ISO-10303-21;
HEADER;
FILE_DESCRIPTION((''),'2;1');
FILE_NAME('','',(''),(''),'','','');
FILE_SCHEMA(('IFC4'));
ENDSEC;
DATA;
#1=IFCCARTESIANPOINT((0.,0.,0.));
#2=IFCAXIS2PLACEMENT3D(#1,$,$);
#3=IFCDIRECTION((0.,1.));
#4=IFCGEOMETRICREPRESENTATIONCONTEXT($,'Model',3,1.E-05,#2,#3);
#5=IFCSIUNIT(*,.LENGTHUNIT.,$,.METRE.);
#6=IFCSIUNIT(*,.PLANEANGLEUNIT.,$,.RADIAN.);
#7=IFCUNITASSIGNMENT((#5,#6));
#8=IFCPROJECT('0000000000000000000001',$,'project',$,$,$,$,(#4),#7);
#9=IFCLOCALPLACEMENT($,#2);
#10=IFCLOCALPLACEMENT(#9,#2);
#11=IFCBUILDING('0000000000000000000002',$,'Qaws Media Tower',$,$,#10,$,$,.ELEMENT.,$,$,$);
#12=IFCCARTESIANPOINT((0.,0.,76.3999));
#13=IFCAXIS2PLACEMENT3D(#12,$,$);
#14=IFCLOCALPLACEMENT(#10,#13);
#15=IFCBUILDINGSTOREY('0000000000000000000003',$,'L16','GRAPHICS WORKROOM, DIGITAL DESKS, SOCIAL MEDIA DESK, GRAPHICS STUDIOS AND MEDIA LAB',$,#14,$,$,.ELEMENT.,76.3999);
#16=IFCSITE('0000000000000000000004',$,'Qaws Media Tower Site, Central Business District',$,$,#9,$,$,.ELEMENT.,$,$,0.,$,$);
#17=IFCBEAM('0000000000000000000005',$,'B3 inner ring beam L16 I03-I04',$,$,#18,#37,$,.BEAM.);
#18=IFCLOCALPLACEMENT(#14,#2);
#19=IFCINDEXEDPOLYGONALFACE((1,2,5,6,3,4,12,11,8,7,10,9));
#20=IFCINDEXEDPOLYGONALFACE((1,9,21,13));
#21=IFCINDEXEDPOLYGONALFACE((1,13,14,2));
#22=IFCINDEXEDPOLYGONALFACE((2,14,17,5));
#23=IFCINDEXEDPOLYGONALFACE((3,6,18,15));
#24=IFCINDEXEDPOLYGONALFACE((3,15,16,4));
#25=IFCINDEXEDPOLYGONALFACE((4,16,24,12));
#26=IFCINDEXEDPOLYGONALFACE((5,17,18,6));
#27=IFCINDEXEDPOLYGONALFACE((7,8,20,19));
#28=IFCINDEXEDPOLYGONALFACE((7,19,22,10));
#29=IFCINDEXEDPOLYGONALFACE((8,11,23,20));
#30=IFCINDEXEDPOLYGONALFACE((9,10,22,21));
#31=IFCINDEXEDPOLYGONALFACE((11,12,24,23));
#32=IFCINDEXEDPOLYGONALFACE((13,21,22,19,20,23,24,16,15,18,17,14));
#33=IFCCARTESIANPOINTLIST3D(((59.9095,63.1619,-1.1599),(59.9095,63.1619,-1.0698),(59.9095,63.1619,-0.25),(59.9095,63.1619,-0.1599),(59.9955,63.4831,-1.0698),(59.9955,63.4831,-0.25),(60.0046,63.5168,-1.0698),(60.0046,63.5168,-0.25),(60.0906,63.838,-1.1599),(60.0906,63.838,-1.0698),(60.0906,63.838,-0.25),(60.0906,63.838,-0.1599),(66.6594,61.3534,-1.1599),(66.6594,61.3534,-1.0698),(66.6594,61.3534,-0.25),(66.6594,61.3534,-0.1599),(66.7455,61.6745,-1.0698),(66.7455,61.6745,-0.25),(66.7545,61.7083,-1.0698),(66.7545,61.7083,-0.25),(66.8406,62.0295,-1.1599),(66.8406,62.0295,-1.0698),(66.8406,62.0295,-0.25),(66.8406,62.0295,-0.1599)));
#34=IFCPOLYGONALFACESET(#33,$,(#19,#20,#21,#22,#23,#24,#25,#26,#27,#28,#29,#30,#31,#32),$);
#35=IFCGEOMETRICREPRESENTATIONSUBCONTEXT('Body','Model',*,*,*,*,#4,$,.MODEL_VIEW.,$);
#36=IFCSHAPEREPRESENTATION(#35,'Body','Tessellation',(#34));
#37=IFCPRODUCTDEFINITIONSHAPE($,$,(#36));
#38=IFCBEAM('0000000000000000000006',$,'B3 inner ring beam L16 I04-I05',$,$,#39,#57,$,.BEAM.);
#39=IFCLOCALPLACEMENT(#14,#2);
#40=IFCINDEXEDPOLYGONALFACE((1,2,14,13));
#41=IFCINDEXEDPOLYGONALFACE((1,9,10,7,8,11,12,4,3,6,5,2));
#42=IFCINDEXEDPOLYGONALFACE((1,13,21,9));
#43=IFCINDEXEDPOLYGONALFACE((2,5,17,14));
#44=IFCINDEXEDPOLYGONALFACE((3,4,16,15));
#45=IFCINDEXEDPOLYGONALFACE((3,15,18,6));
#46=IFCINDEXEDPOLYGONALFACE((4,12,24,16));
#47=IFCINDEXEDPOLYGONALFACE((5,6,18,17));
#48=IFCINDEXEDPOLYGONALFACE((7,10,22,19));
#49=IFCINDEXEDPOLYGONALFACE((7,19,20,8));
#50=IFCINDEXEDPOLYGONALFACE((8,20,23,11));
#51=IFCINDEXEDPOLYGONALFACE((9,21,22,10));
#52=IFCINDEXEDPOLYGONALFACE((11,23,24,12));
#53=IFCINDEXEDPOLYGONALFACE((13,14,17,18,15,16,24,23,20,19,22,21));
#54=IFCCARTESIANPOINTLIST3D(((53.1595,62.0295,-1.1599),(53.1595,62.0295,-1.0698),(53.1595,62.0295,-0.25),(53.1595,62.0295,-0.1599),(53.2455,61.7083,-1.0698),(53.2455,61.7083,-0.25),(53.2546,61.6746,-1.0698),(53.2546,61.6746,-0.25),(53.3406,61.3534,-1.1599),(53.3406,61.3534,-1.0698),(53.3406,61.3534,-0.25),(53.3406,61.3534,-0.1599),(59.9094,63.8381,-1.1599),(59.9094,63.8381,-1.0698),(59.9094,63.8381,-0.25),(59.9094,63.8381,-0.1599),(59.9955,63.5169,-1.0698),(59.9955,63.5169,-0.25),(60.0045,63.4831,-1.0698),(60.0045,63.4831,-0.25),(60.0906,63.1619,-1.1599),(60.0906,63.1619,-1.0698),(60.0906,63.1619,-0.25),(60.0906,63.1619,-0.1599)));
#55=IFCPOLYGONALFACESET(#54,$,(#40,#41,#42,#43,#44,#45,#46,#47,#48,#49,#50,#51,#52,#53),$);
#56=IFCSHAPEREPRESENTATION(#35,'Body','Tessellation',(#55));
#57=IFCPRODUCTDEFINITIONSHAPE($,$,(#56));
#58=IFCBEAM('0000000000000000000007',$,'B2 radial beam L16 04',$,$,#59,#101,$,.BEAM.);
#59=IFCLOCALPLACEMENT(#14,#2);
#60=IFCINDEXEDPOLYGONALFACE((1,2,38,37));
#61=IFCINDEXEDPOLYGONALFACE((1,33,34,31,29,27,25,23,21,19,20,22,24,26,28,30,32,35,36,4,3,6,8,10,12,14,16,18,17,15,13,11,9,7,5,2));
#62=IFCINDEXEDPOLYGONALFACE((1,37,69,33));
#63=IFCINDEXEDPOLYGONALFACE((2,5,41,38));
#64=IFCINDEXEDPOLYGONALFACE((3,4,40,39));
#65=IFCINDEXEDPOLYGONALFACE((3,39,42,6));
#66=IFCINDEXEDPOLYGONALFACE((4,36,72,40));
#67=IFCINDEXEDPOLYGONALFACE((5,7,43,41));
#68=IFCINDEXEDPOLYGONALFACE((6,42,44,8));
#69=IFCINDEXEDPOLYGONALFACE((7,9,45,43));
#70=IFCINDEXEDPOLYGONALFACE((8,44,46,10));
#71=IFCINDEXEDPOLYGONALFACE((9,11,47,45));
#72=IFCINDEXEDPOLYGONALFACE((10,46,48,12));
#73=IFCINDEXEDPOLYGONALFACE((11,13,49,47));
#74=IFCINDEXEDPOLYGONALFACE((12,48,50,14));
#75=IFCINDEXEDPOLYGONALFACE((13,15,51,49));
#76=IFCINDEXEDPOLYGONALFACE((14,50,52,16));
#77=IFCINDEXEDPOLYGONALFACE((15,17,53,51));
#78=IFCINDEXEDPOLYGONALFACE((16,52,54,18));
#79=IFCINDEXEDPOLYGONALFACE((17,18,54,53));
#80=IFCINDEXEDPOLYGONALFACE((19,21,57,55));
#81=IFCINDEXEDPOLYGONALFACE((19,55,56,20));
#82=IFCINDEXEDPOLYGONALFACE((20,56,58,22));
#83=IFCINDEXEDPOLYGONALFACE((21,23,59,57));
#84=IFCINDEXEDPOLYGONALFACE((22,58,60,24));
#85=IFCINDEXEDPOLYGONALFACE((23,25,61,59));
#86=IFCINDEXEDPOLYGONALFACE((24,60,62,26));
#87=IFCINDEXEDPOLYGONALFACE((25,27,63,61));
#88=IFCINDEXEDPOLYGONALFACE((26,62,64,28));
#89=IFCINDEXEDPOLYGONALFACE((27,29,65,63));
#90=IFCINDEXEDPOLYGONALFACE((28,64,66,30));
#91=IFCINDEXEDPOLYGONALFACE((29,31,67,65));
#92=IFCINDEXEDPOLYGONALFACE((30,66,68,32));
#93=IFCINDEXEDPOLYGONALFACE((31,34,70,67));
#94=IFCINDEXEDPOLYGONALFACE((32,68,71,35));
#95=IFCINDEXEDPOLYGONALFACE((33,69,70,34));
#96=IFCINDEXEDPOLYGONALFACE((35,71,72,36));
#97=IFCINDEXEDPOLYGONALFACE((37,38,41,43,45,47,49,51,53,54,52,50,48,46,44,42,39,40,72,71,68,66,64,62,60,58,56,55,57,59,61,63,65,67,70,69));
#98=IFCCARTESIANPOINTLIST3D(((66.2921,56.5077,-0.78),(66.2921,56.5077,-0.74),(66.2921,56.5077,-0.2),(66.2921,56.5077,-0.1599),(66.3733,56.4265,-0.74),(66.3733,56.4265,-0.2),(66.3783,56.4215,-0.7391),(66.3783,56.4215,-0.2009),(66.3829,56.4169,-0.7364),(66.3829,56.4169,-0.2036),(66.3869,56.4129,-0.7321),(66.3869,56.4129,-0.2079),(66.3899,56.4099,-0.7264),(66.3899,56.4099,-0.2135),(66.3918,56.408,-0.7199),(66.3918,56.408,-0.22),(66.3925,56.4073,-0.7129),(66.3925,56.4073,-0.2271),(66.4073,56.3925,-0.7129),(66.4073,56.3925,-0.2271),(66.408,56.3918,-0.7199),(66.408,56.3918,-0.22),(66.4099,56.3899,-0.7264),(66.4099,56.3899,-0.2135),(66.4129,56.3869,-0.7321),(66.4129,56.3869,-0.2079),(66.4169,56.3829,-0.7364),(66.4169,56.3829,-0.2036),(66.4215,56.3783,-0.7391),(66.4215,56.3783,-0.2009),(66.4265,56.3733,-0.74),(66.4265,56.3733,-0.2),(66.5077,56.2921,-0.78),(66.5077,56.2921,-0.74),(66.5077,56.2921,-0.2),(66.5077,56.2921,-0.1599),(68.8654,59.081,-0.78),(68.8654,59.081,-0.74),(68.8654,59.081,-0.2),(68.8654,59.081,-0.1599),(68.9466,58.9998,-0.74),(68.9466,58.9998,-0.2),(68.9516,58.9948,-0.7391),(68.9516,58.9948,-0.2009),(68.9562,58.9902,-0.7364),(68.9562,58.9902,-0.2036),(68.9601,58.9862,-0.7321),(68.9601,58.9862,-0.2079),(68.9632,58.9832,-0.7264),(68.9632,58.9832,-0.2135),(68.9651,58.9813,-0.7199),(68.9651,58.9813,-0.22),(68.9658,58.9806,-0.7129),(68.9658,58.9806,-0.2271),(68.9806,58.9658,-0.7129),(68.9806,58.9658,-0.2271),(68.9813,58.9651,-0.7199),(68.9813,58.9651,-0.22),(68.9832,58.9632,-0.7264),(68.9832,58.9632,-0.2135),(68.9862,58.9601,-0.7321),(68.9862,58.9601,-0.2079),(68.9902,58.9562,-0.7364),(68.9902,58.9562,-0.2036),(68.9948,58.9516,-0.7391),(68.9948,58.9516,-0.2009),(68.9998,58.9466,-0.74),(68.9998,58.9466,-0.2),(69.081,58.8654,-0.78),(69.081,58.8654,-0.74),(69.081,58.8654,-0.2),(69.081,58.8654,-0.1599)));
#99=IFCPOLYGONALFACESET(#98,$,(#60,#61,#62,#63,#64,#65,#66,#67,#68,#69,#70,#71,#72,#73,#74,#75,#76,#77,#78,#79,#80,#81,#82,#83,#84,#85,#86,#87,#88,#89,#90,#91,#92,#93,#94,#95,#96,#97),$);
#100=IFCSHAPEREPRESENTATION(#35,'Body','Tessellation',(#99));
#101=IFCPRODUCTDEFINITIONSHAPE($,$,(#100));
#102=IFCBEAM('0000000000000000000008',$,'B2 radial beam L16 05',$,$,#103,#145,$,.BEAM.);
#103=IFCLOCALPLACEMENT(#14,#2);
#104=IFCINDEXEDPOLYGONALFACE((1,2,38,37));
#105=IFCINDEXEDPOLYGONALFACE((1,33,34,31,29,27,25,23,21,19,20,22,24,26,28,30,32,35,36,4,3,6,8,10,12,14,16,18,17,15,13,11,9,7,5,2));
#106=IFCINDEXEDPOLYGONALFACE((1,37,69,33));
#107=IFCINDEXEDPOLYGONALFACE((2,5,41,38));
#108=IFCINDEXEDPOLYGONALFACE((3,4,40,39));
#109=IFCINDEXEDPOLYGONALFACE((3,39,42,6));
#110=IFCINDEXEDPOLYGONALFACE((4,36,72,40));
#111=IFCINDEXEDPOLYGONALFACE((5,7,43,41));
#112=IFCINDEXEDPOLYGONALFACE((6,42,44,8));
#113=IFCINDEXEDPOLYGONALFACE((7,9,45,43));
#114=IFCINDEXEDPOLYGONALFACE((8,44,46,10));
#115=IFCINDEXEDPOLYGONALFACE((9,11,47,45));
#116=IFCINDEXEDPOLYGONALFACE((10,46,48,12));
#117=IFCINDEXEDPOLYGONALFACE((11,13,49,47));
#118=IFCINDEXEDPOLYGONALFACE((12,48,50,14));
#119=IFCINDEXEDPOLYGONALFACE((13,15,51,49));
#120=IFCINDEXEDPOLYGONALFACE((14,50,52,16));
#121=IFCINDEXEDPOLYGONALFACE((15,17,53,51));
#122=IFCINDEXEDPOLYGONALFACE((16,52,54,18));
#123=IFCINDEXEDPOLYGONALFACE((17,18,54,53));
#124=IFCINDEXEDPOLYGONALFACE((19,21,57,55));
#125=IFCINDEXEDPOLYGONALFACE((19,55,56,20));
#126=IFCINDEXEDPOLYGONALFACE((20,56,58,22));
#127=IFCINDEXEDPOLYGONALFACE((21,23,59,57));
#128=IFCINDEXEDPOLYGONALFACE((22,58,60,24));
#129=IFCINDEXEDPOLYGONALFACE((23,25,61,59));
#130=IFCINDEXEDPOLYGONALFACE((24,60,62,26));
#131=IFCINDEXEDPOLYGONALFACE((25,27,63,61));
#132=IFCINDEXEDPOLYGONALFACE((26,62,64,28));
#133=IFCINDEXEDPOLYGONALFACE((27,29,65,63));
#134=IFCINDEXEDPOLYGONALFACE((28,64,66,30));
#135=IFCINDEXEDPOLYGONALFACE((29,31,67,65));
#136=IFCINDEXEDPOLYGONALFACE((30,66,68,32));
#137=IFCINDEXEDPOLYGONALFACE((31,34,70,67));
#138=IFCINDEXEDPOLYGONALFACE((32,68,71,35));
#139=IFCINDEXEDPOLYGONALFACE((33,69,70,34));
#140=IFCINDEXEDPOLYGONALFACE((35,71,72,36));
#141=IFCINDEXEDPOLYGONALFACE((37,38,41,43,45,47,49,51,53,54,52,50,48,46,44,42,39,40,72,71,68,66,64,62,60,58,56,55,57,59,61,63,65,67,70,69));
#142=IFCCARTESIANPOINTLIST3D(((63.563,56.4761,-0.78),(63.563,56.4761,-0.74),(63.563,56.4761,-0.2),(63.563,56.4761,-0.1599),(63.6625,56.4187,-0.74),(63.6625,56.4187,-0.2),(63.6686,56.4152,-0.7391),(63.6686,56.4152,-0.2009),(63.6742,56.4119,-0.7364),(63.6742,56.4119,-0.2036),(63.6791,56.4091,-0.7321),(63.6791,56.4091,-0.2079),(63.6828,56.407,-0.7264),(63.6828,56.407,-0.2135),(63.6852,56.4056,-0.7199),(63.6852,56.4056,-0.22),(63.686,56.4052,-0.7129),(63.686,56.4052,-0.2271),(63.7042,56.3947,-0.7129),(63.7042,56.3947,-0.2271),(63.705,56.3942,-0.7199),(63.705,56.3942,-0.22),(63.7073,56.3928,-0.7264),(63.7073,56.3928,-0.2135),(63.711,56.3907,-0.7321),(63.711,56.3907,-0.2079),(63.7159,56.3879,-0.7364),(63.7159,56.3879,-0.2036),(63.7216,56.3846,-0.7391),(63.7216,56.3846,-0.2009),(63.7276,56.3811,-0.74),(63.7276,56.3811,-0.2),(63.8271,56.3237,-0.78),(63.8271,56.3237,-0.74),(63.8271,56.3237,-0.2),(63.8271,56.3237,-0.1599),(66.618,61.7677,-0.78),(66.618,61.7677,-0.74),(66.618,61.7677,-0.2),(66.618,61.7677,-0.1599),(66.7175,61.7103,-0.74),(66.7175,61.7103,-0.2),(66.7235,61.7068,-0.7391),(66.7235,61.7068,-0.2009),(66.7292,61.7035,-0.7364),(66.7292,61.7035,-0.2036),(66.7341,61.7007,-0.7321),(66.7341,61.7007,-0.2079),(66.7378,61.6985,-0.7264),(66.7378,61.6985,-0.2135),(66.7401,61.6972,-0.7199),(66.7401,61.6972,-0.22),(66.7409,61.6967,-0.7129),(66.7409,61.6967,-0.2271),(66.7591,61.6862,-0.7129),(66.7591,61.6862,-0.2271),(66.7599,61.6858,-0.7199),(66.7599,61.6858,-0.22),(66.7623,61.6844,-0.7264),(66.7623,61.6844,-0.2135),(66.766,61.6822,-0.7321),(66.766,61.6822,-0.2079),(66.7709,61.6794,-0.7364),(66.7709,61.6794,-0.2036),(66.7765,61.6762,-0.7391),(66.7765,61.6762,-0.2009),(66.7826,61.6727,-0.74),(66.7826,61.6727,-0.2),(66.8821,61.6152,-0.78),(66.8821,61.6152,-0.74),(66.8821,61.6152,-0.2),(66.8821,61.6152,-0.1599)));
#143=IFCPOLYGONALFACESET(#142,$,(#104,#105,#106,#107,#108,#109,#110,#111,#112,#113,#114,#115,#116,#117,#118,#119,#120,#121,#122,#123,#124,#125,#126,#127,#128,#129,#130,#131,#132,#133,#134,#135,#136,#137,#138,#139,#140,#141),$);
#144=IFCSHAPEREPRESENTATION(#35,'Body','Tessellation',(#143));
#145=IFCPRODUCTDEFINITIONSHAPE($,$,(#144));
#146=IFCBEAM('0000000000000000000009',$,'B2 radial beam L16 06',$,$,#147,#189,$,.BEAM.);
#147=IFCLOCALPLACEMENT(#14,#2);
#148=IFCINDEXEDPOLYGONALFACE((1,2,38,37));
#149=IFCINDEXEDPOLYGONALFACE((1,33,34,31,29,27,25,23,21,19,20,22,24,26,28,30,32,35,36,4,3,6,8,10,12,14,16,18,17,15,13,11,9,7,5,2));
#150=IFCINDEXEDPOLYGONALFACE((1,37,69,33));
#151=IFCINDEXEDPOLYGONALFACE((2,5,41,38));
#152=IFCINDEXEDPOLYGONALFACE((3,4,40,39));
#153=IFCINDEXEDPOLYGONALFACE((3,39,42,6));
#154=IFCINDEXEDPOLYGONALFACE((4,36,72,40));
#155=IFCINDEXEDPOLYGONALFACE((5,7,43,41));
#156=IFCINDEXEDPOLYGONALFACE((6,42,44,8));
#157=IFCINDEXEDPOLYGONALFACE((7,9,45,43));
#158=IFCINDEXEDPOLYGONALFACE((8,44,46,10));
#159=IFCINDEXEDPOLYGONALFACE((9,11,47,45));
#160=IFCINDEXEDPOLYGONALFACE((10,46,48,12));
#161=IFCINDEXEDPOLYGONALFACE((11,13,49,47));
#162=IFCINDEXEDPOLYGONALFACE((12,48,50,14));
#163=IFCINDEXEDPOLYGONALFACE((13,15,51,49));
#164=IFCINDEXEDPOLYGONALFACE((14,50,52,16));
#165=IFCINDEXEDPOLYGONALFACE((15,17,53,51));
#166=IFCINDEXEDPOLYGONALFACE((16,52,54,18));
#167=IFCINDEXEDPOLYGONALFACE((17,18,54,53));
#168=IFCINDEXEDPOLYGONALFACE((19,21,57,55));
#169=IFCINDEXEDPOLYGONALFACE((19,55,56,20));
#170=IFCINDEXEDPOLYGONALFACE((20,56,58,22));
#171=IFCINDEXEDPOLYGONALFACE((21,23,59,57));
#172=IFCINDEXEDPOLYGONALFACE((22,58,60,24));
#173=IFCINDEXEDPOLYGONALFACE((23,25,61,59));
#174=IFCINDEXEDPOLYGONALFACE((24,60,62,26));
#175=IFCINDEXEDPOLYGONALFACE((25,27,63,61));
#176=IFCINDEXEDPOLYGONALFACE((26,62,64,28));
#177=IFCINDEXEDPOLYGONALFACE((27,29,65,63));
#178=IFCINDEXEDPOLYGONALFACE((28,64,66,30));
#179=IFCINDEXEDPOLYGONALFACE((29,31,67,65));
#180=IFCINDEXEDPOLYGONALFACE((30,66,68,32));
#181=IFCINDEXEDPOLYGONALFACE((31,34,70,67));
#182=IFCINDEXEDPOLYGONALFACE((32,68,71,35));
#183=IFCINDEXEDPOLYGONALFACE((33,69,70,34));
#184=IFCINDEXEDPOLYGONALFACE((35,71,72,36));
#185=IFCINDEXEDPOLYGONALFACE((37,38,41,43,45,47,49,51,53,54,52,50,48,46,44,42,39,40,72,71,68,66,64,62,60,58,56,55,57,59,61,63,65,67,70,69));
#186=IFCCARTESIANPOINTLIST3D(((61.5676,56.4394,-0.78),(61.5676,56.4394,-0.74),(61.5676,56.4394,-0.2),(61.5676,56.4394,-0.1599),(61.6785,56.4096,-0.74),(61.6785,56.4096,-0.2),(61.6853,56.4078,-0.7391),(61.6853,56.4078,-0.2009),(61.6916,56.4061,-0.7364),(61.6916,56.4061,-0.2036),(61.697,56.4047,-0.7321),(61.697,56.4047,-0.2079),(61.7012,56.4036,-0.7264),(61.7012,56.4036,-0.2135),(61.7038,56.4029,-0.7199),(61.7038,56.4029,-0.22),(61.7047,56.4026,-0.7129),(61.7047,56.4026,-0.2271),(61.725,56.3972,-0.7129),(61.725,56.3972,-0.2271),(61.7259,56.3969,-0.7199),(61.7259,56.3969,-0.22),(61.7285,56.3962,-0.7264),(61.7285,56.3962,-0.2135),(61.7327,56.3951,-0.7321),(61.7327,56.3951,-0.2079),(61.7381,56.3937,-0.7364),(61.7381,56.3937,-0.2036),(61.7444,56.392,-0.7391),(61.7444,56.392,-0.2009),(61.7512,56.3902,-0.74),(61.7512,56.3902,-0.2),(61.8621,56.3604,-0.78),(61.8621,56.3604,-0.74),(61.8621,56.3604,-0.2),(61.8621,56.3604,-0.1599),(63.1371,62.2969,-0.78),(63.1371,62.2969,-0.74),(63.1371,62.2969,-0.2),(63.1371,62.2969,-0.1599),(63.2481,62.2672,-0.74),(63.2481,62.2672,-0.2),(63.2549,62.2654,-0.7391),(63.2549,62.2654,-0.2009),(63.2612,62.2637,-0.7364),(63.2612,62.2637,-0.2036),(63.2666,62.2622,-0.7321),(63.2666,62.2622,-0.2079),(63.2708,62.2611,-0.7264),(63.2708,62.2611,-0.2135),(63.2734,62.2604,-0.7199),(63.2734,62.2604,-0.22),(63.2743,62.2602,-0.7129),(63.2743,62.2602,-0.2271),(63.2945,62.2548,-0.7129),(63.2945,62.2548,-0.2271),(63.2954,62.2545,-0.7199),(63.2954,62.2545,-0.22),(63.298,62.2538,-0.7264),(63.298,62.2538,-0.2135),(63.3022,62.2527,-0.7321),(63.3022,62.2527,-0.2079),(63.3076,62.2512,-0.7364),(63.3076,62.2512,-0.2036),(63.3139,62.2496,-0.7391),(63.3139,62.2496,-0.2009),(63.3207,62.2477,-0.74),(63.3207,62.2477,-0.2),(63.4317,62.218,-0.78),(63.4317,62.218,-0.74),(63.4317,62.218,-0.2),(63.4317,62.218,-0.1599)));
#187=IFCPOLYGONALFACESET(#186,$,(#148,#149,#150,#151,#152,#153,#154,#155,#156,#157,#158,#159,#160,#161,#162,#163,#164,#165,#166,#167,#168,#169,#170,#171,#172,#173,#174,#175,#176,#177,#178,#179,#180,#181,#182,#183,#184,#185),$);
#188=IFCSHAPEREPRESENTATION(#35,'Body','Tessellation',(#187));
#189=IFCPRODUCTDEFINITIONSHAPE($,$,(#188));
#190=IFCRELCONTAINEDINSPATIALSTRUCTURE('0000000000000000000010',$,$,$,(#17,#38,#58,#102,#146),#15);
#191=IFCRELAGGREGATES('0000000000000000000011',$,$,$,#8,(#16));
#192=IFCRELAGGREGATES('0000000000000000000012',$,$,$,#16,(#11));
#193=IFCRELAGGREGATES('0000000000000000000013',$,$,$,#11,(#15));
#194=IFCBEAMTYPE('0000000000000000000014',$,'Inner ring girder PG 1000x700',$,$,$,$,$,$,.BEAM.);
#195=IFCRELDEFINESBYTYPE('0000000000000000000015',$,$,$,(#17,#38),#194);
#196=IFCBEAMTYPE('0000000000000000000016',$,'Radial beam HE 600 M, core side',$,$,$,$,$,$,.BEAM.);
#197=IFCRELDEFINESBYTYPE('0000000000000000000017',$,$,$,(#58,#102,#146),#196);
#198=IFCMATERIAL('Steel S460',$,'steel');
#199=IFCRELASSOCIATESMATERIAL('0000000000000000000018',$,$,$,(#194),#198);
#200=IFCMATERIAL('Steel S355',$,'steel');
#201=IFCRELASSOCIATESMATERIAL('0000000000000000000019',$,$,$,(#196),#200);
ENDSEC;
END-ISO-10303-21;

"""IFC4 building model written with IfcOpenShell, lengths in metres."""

from ifc_helpers import new_model, si_unit, direction, frame, origin, origin_2d, place, context, subcontext, project, spatial, i_section, extrude, material, material_profile, profile_set, type_object, element, save


model = new_model("IFC4")

# Units and contexts
model_context = context("Model", 3, precision=1e-05, world=origin(), true_north=direction((0.0, 1.0)))
body_context = subcontext(model_context, "Body", "Model", "MODEL_VIEW")
ifc_project = project(units=[si_unit("LENGTHUNIT", "METRE"), si_unit("PLANEANGLEUNIT", "RADIAN")], contexts=[model_context])

# Site, building, storey
site_placement = place(None, origin())
site = spatial("IfcSite", under=ifc_project, at=site_placement, Name="Qaws Media Tower Site, Central Business District", CompositionType="ELEMENT", RefElevation=0.0)
building_placement = place(site_placement, origin())
building = spatial("IfcBuilding", under=site, at=building_placement, Name="Qaws Media Tower", CompositionType="ELEMENT")
storey_placement = place(building_placement, frame((0.0, 0.0, 76.3999)))
storey = spatial("IfcBuildingStorey", under=building, at=storey_placement, Name="L16", Description="GRAPHICS WORKROOM, DIGITAL DESKS, SOCIAL MEDIA DESK, GRAPHICS STUDIOS AND MEDIA LAB", CompositionType="ELEMENT", Elevation=76.3999)

# Beams
ifc_material_1 = material(Name="Steel S460", Category="steel")
ifc_material_profile_1 = material_profile(ifc_material_1, i_section(OverallWidth=0.7, OverallDepth=1.0, WebThickness=0.0349, FlangeThickness=0.0901, at=origin_2d()), Name="PG 1000x700")
ifc_profile_set_1 = profile_set([ifc_material_profile_1], Name="Steel S460")
beam_type_1 = type_object("IfcBeamType", Name="Inner ring girder PG 1000x700", PredefinedType="BEAM", material=ifc_profile_set_1)
for number, where, z_axis, x_axis, name in (
    (1, (66.75, 61.6914, -0.6599), (-0.965928, 0.258811, 0.0), (-0.258811, -0.965928, 0.0), "B3 inner ring beam L16 I03-I04"),
    (2, (60.0, 63.5, -0.6599), (-0.965928, -0.258811, 0.0), (0.258811, -0.965928, 0.0), "B3 inner ring beam L16 I04-I05"),
):
    element("IfcBeam", number, at=place(storey_placement, frame(where, z_axis=z_axis, x_axis=x_axis)), inside=storey, type_object=beam_type_1, Name=name, PredefinedType="BEAM", context=body_context, shape_type="SweptSolid", body=[
        extrude(i_section(OverallWidth=0.7, OverallDepth=1.0, WebThickness=0.0349, FlangeThickness=0.0901, at=origin_2d()), origin(), (0.0, 0.0, 1.0), 6.988),
    ])
ifc_material_2 = material(Name="Steel S355", Category="steel")
ifc_material_profile_2 = material_profile(ifc_material_2, i_section(OverallWidth=0.3049, OverallDepth=0.6201, WebThickness=0.021, FlangeThickness=0.04, FilletRadius=0.0271, at=origin_2d()), Name="HE 600 M")
ifc_profile_set_2 = profile_set([ifc_material_profile_2], Name="Steel S355")
beam_type_2 = type_object("IfcBeamType", Name="Radial beam HE 600 M, core side", PredefinedType="BEAM", material=ifc_profile_set_2)
beam_1_placement = place(storey_placement, frame((66.3999, 56.3999, -0.47), z_axis=(0.707107, 0.707107, 0.0), x_axis=(-0.707107, 0.707107, 0.0)))
element("IfcBeam", 3, at=beam_1_placement, inside=storey, type_object=beam_type_2, Name="B2 radial beam L16 04", PredefinedType="BEAM", context=body_context, shape_type="SweptSolid", body=[
    extrude(i_section(OverallWidth=0.3049, OverallDepth=0.6201, WebThickness=0.021, FlangeThickness=0.04, FilletRadius=0.0271, at=origin_2d()), origin(), (0.0, 0.0, 1.0), 3.6392),
])
beam_2_placement = place(storey_placement, frame((63.6951, 56.3999, -0.47), z_axis=(0.499985, 0.866034, 0.0), x_axis=(-0.866034, 0.499985, 0.0)))
element("IfcBeam", 4, at=beam_2_placement, inside=storey, type_object=beam_type_2, Name="B2 radial beam L16 05", PredefinedType="BEAM", context=body_context, shape_type="SweptSolid", body=[
    extrude(i_section(OverallWidth=0.3049, OverallDepth=0.6201, WebThickness=0.021, FlangeThickness=0.04, FilletRadius=0.0271, at=origin_2d()), origin(), (0.0, 0.0, 1.0), 6.1101),
])
beam_3_placement = place(storey_placement, frame((61.7148, 56.3999, -0.47), z_axis=(0.258823, 0.965925, 0.0), x_axis=(-0.965925, 0.258823, 0.0)))
element("IfcBeam", 5, at=beam_3_placement, inside=storey, type_object=beam_type_2, Name="B2 radial beam L16 06", PredefinedType="BEAM", context=body_context, shape_type="SweptSolid", body=[
    extrude(i_section(OverallWidth=0.3049, OverallDepth=0.6201, WebThickness=0.021, FlangeThickness=0.04, FilletRadius=0.0271, at=origin_2d()), origin(), (0.0, 0.0, 1.0), 6.0642),
])

save(model, "model.ifc")
